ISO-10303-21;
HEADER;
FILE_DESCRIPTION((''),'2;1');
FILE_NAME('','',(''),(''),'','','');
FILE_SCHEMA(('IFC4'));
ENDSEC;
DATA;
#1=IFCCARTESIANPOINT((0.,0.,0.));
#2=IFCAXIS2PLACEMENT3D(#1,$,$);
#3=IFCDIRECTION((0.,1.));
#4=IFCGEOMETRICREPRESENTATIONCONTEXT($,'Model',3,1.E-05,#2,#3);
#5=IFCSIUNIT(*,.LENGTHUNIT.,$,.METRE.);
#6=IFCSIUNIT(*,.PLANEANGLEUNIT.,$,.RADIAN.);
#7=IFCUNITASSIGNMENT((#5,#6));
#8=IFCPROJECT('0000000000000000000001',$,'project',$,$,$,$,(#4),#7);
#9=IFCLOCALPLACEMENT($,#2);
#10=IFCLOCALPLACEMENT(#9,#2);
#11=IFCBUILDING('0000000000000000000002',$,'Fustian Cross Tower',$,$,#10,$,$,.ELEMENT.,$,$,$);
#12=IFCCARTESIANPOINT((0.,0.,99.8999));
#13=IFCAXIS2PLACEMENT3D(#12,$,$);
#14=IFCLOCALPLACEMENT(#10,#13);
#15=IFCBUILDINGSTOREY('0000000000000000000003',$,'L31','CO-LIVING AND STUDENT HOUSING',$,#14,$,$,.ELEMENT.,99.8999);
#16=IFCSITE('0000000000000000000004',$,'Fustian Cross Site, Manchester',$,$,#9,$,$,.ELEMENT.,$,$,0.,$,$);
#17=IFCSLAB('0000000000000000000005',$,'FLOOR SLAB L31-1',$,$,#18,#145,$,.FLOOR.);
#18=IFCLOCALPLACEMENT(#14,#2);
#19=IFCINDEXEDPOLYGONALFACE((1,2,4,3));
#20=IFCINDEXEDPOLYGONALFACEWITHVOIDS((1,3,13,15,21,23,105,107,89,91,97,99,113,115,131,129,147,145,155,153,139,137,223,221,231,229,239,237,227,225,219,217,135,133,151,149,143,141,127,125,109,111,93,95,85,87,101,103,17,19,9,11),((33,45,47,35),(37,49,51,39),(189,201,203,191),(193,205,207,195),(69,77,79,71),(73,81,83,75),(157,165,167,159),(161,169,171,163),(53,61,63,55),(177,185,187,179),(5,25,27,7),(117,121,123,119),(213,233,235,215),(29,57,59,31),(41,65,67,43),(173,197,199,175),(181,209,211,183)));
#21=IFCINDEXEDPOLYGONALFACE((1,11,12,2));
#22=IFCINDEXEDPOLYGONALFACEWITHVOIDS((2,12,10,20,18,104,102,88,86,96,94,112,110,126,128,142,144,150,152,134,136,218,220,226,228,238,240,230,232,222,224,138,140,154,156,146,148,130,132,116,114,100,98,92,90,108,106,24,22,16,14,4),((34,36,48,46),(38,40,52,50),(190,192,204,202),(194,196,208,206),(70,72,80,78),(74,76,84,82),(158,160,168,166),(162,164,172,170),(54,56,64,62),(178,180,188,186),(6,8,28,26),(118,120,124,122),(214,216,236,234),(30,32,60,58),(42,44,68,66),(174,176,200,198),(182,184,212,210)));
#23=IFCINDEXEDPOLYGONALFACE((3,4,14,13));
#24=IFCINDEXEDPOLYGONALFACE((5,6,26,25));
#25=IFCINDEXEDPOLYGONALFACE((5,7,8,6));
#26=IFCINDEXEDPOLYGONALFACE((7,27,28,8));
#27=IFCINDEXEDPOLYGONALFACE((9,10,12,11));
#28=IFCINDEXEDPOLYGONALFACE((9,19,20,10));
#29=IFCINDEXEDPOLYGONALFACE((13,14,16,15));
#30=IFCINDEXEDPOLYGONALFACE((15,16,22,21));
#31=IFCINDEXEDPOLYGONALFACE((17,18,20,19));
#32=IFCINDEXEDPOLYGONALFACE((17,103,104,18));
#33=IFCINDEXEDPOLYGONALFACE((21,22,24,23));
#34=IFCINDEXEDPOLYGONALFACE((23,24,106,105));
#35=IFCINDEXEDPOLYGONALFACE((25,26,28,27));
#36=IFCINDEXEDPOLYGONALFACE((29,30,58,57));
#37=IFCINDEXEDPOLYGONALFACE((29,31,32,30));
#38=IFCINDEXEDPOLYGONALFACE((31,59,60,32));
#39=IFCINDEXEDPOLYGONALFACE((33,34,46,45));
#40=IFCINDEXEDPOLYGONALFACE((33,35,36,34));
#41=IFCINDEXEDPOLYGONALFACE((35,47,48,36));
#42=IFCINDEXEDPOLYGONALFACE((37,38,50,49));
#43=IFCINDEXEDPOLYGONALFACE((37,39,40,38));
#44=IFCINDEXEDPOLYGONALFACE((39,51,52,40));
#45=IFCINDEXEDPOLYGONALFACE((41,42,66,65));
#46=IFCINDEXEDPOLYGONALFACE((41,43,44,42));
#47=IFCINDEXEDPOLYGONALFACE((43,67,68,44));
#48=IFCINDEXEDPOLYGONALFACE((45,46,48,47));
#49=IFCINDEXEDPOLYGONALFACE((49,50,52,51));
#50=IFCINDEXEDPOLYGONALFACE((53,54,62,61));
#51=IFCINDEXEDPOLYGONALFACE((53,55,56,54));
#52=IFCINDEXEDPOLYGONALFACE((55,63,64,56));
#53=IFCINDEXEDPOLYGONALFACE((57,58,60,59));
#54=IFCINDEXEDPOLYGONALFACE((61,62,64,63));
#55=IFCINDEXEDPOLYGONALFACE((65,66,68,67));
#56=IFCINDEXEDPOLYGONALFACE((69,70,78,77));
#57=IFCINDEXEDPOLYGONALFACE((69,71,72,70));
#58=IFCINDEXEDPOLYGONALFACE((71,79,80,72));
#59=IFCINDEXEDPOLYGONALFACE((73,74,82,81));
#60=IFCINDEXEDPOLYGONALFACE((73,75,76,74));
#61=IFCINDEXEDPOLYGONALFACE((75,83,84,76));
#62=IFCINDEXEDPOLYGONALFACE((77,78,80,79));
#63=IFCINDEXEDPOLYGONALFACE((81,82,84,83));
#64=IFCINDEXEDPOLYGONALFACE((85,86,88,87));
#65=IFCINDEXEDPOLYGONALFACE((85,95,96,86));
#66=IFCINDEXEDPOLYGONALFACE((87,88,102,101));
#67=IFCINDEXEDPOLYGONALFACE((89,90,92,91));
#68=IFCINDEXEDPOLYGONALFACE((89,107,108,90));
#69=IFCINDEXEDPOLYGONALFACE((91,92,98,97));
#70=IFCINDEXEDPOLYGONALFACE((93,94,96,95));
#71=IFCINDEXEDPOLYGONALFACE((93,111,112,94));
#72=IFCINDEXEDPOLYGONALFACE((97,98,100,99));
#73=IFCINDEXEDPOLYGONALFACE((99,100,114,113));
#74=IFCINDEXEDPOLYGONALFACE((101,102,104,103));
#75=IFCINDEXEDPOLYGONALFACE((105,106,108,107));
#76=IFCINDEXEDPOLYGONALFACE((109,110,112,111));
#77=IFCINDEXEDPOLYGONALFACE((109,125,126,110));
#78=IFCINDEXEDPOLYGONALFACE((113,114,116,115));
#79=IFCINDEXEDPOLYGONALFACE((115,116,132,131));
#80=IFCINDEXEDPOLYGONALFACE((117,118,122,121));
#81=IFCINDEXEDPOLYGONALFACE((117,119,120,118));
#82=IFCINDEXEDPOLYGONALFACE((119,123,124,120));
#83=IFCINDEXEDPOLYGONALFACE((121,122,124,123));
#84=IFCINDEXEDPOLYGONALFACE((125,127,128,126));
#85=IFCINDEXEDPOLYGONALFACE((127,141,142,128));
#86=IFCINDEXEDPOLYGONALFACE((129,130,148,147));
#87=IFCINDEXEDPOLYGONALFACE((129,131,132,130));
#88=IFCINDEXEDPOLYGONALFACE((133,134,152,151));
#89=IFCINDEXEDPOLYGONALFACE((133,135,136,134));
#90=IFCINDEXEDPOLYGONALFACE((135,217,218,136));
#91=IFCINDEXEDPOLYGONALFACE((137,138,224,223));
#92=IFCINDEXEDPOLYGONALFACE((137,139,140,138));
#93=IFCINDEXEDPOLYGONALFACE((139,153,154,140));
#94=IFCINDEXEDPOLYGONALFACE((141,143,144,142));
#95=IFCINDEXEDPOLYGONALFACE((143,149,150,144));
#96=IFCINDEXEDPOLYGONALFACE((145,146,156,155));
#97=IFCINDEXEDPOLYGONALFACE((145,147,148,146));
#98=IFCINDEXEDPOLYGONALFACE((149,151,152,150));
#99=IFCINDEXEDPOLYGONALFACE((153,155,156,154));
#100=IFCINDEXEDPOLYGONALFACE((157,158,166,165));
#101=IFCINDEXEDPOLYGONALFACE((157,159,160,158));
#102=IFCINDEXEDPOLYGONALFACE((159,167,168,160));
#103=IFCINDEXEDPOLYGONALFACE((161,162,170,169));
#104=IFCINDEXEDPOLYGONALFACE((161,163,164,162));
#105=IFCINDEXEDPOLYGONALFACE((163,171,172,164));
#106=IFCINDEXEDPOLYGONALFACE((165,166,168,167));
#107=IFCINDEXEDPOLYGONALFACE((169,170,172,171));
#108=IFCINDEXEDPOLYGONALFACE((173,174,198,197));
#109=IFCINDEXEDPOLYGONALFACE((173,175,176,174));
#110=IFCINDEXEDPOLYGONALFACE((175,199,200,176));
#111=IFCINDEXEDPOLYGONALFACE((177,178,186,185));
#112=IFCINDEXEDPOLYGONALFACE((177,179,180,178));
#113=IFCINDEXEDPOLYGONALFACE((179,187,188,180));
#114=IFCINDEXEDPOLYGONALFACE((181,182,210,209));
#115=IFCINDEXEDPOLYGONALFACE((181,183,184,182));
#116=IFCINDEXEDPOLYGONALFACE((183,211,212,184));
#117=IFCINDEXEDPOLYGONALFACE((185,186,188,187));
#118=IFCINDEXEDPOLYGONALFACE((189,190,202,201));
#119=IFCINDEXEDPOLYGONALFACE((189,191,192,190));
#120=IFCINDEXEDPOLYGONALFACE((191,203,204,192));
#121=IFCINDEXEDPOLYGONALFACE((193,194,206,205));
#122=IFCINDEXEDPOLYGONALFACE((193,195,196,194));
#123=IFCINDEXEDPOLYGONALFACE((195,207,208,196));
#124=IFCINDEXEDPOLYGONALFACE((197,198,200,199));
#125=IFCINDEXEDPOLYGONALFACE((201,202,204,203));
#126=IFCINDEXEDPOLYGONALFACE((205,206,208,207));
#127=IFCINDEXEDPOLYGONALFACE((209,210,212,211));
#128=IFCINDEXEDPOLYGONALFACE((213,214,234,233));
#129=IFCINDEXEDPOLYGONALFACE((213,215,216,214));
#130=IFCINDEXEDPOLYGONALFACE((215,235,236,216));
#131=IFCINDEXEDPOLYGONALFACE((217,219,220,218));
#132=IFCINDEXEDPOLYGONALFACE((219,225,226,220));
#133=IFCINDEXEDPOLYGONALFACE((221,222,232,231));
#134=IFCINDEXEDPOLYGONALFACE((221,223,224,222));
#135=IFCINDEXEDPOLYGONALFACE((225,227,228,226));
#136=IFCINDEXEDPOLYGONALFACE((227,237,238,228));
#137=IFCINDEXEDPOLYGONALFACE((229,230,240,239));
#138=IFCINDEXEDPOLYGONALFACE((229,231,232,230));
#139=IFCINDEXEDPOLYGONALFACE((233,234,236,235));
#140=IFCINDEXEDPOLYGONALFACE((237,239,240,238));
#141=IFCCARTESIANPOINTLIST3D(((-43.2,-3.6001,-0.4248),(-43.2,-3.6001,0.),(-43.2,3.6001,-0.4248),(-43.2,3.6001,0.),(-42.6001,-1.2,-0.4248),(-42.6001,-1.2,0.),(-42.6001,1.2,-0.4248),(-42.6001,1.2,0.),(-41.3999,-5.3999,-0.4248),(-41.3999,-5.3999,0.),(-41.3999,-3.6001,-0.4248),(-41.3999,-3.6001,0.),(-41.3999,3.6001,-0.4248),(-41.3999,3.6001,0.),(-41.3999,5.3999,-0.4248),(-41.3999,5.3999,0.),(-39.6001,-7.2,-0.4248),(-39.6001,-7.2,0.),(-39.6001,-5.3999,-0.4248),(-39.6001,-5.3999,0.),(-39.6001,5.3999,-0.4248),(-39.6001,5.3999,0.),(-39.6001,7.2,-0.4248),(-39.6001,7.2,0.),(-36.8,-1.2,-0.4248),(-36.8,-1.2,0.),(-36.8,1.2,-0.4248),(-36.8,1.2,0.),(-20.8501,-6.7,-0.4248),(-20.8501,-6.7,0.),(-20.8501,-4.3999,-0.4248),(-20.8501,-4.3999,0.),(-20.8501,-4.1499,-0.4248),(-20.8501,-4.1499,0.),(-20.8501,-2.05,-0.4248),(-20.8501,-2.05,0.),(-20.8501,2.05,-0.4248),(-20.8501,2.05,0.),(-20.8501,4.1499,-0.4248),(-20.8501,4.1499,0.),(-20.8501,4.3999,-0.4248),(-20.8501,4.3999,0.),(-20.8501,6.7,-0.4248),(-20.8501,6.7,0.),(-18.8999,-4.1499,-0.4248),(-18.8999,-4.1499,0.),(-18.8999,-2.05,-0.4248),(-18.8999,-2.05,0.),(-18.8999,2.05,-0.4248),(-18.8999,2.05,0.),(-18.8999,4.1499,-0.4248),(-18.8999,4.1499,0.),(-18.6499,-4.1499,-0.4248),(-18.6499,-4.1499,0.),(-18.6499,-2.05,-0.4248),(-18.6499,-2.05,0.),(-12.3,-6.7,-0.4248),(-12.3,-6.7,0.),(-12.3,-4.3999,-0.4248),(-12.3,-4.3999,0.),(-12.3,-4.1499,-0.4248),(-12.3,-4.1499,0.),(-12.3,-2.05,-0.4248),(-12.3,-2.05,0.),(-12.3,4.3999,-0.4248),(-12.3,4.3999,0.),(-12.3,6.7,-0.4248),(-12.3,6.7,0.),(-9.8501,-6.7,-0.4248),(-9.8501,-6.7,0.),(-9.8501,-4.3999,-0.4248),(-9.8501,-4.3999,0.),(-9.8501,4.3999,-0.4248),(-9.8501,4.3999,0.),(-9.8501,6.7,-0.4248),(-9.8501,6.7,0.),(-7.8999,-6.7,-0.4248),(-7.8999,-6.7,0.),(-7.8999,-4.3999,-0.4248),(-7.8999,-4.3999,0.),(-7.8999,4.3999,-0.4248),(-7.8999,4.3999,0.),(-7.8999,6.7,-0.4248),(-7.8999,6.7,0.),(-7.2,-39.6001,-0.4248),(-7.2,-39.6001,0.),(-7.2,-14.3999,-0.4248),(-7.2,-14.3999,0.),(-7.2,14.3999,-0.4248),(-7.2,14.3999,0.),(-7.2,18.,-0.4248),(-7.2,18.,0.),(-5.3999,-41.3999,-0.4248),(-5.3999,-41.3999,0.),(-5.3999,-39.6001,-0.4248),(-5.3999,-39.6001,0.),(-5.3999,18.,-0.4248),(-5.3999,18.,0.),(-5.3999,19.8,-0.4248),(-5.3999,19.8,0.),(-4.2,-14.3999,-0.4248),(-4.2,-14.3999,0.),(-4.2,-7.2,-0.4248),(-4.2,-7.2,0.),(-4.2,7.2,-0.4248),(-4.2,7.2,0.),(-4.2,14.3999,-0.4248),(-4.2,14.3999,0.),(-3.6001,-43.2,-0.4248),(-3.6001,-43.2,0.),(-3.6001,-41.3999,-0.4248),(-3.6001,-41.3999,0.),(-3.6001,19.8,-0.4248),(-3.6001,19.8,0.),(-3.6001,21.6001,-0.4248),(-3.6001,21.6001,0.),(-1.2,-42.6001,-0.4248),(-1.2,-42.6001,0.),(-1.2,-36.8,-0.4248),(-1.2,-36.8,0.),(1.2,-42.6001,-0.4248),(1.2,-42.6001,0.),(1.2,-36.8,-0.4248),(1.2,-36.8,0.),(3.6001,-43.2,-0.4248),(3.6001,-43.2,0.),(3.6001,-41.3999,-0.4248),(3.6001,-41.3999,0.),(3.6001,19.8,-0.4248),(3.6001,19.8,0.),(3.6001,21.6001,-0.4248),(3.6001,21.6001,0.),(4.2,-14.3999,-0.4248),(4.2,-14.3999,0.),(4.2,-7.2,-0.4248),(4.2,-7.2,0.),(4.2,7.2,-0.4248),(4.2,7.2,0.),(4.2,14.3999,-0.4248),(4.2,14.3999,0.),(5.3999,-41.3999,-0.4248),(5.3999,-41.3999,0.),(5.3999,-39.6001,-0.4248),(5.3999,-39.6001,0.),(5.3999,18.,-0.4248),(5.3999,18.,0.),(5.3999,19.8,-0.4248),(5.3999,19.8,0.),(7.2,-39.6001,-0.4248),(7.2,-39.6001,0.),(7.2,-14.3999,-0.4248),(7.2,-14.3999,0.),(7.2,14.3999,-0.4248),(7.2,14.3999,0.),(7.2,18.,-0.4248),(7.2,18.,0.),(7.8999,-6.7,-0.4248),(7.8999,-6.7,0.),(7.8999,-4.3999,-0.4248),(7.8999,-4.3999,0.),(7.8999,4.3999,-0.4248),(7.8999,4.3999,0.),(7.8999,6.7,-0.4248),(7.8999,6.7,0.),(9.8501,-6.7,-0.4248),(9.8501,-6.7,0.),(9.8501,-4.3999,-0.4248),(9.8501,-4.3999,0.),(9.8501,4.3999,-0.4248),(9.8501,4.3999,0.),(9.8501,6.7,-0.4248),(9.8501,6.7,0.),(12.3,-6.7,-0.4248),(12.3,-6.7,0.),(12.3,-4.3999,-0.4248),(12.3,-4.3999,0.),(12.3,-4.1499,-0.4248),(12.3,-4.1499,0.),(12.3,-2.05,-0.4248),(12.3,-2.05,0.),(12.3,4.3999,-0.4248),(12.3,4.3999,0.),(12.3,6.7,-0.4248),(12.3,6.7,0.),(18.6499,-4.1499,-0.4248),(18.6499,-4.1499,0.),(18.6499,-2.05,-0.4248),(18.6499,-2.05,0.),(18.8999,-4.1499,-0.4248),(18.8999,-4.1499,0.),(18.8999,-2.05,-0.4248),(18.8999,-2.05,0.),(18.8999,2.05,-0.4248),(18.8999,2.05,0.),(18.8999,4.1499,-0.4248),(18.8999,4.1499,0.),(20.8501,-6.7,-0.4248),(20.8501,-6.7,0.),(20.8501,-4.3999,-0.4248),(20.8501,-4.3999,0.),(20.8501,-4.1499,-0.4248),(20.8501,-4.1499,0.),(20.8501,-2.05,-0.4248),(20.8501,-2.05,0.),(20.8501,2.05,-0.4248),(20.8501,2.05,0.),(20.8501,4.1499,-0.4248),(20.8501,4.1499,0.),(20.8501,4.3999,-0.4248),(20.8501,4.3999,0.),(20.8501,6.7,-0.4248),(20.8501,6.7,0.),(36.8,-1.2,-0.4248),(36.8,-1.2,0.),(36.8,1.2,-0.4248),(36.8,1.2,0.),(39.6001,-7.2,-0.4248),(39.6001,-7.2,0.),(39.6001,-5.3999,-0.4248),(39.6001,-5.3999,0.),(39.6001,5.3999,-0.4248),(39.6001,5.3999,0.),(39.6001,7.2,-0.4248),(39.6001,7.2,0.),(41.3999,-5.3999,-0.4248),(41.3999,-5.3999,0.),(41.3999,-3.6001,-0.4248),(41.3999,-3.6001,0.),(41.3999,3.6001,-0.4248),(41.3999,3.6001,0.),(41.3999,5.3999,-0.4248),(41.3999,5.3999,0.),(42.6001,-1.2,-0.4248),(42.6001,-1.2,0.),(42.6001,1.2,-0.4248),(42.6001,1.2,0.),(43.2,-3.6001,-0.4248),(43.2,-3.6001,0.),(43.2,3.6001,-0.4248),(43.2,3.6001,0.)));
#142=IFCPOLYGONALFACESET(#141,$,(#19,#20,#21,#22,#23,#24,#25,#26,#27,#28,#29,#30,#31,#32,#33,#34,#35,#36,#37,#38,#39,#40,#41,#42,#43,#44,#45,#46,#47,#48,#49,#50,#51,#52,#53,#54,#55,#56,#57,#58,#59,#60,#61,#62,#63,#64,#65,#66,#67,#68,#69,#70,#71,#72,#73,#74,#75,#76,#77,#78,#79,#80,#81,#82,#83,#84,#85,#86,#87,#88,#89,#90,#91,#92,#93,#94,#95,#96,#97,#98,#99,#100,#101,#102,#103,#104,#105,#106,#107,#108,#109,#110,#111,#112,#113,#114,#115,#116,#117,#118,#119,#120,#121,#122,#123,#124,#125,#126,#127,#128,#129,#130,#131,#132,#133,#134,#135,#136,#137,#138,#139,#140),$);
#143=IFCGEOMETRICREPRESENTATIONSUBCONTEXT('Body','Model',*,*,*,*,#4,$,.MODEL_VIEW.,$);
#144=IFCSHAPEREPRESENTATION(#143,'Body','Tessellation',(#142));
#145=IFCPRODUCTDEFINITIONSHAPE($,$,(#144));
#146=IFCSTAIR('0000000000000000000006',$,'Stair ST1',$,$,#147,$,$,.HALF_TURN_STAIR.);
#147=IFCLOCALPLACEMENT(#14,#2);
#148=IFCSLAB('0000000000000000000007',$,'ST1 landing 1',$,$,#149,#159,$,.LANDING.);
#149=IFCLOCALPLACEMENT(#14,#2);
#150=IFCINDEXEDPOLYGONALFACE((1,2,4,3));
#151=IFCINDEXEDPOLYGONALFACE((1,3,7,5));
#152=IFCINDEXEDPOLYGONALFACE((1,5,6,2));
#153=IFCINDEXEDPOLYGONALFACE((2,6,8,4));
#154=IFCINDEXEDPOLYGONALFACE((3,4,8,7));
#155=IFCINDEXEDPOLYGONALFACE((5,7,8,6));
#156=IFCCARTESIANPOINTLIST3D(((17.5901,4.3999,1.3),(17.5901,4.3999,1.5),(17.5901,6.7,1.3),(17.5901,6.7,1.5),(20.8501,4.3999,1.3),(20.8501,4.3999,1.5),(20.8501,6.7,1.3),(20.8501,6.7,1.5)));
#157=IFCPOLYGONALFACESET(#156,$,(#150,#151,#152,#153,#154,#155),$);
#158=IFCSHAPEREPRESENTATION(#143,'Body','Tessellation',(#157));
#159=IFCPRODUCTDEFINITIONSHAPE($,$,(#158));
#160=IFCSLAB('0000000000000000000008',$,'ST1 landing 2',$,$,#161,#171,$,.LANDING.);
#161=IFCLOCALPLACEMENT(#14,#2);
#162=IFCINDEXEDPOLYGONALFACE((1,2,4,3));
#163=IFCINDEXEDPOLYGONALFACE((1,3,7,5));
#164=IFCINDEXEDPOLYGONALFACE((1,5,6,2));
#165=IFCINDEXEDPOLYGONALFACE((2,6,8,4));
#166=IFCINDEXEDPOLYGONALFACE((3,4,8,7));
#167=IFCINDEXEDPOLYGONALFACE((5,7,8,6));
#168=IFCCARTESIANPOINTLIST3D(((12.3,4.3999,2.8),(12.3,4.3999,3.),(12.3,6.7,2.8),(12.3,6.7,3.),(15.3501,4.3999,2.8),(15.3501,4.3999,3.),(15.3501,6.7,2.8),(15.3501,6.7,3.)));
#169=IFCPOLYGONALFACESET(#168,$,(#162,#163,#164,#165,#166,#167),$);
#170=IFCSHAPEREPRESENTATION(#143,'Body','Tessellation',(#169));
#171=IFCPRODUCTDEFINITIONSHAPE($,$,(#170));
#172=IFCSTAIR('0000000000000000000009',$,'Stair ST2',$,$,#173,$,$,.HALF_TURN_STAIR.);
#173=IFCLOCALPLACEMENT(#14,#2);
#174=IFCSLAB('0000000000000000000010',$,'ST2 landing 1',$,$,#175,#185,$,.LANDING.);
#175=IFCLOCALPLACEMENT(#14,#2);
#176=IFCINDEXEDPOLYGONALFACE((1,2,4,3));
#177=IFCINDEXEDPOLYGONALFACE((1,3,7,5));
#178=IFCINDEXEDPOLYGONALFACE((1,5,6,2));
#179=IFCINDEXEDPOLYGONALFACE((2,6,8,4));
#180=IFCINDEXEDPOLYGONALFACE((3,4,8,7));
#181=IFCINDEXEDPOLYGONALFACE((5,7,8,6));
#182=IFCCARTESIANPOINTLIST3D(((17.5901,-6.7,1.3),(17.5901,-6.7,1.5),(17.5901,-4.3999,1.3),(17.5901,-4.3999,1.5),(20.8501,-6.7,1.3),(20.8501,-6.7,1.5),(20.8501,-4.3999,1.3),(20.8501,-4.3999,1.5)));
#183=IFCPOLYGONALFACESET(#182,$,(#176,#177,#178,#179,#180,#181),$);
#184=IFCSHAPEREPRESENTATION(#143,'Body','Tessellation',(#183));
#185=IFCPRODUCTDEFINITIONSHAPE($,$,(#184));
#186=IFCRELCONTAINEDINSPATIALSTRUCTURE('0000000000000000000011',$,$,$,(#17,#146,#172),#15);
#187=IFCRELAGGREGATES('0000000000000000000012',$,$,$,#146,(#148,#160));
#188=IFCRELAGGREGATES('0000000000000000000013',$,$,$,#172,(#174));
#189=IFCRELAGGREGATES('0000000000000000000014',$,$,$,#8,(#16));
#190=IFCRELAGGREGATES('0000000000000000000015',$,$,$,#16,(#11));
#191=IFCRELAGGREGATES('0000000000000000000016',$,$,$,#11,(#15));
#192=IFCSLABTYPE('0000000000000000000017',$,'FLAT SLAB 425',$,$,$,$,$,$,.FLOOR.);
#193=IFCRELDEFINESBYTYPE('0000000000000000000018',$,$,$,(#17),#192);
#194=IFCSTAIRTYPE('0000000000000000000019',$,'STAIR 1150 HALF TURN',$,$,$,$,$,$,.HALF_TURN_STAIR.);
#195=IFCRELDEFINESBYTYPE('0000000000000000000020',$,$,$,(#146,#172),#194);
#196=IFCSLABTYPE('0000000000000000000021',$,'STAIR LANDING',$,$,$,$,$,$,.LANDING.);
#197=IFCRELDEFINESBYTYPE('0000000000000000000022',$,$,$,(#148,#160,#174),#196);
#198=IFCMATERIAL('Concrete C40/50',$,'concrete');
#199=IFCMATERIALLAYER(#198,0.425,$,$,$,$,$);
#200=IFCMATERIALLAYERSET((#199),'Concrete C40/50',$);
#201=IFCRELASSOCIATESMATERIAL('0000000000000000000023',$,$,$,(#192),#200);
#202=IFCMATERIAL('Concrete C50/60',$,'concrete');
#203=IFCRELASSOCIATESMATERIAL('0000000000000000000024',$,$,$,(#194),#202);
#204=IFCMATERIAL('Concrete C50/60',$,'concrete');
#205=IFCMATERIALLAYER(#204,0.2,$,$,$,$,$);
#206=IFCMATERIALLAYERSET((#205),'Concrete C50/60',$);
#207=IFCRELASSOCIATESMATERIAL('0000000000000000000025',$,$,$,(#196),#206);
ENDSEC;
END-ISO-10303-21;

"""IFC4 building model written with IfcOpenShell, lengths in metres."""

from ifc_helpers import new_model, si_unit, direction, frame, origin, place, context, subcontext, project, spatial, polyline, outline, extrude, material, layer, layer_set, type_object, element, aggregate, save


model = new_model("IFC4")

# Units and contexts
model_context = context("Model", 3, precision=1e-05, world=origin(), true_north=direction((0.0, 1.0)))
body_context = subcontext(model_context, "Body", "Model", "MODEL_VIEW")
ifc_project = project(units=[si_unit("LENGTHUNIT", "METRE"), si_unit("PLANEANGLEUNIT", "RADIAN")], contexts=[model_context])

# Site, building, storey
site_placement = place(None, origin())
site = spatial("IfcSite", under=ifc_project, at=site_placement, Name="Fustian Cross Site, Manchester", CompositionType="ELEMENT", RefElevation=0.0)
building_placement = place(site_placement, origin())
building = spatial("IfcBuilding", under=site, at=building_placement, Name="Fustian Cross Tower", CompositionType="ELEMENT")
storey_placement = place(building_placement, frame((0.0, 0.0, 99.8999)))
storey = spatial("IfcBuildingStorey", under=building, at=storey_placement, Name="L31", Description="CO-LIVING AND STUDENT HOUSING", CompositionType="ELEMENT", Elevation=99.8999)

# Slab
ifc_material_1 = material(Name="Concrete C40/50", Category="concrete")
ifc_layer_1 = layer(ifc_material_1, 0.425)
ifc_layer_set_1 = layer_set([ifc_layer_1], Name="Concrete C40/50")
slab_type_1 = type_object("IfcSlabType", Name="FLAT SLAB 425", PredefinedType="FLOOR", material=ifc_layer_set_1)
slab_1_placement = place(storey_placement, frame((0.0, 0.0, -0.4248)))
element("IfcSlab", 1, at=slab_1_placement, inside=storey, type_object=slab_type_1, Name="FLOOR SLAB L31-1", PredefinedType="FLOOR", context=body_context, shape_type="SweptSolid", body=[
    extrude(outline(polyline([(-4.2, -7.2), (-39.6001, -7.2), (-39.6001, -5.3999), (-41.3999, -5.3999), (-41.3999, -3.6001), (-43.2, -3.6001), (-43.2, 3.6001), (-41.3999, 3.6001), (-41.3999, 5.3999), (-39.6001, 5.3999), (-39.6001, 7.2), (-4.2, 7.2), (-4.2, 14.3999), (-7.2, 14.3999), (-7.2, 18.0), (-5.3999, 18.0), (-5.3999, 19.8), (-3.6001, 19.8), (-3.6001, 21.6001), (3.6001, 21.6001), (3.6001, 19.8), (5.3999, 19.8), (5.3999, 18.0), (7.2, 18.0), (7.2, 14.3999), (4.2, 14.3999), (4.2, 7.2), (39.6001, 7.2), (39.6001, 5.3999), (41.3999, 5.3999), (41.3999, 3.6001), (43.2, 3.6001), (43.2, -3.6001), (41.3999, -3.6001), (41.3999, -5.3999), (39.6001, -5.3999), (39.6001, -7.2), (4.2, -7.2), (4.2, -14.3999), (7.2, -14.3999), (7.2, -39.6001), (5.3999, -39.6001), (5.3999, -41.3999), (3.6001, -41.3999), (3.6001, -43.2), (-3.6001, -43.2), (-3.6001, -41.3999), (-5.3999, -41.3999), (-5.3999, -39.6001), (-7.2, -39.6001), (-7.2, -14.3999), (-4.2, -14.3999), (-4.2, -7.2)]), holes=[polyline([(20.8501, -2.05), (18.8999, -2.05), (18.8999, -4.1499), (20.8501, -4.1499), (20.8501, -2.05)]), polyline([(20.8501, 2.05), (20.8501, 4.1499), (18.8999, 4.1499), (18.8999, 2.05), (20.8501, 2.05)]), polyline([(7.8999, 4.3999), (9.8501, 4.3999), (9.8501, 6.7), (7.8999, 6.7), (7.8999, 4.3999)]), polyline([(7.8999, -4.3999), (7.8999, -6.7), (9.8501, -6.7), (9.8501, -4.3999), (7.8999, -4.3999)]), polyline([(-18.8999, -2.05), (-20.8501, -2.05), (-20.8501, -4.1499), (-18.8999, -4.1499), (-18.8999, -2.05)]), polyline([(-18.8999, 2.05), (-18.8999, 4.1499), (-20.8501, 4.1499), (-20.8501, 2.05), (-18.8999, 2.05)]), polyline([(-9.8501, 4.3999), (-7.8999, 4.3999), (-7.8999, 6.7), (-9.8501, 6.7), (-9.8501, 4.3999)]), polyline([(-9.8501, -4.3999), (-9.8501, -6.7), (-7.8999, -6.7), (-7.8999, -4.3999), (-9.8501, -4.3999)]), polyline([(18.6499, -2.05), (12.3, -2.05), (12.3, -4.1499), (18.6499, -4.1499), (18.6499, -2.05)]), polyline([(-12.3, -4.1499), (-12.3, -2.05), (-18.6499, -2.05), (-18.6499, -4.1499), (-12.3, -4.1499)]), polyline([(12.3, 4.3999), (20.8501, 4.3999), (20.8501, 6.7), (12.3, 6.7), (12.3, 4.3999)]), polyline([(12.3, -4.3999), (12.3, -6.7), (20.8501, -6.7), (20.8501, -4.3999), (12.3, -4.3999)]), polyline([(-12.3, 6.7), (-20.8501, 6.7), (-20.8501, 4.3999), (-12.3, 4.3999), (-12.3, 6.7)]), polyline([(-12.3, -6.7), (-12.3, -4.3999), (-20.8501, -4.3999), (-20.8501, -6.7), (-12.3, -6.7)]), polyline([(-1.2, -42.6001), (1.2, -42.6001), (1.2, -36.8), (-1.2, -36.8), (-1.2, -42.6001)]), polyline([(36.8, 1.2), (36.8, -1.2), (42.6001, -1.2), (42.6001, 1.2), (36.8, 1.2)]), polyline([(-36.8, 1.2), (-42.6001, 1.2), (-42.6001, -1.2), (-36.8, -1.2), (-36.8, 1.2)])]), origin(), (0.0, 0.0, 1.0), 0.4248),
])

# Stairs, slabs
ifc_material_2 = material(Name="Concrete C50/60", Category="concrete")
stair_type = type_object("IfcStairType", Name="STAIR 1150 HALF TURN", PredefinedType="HALF_TURN_STAIR", material=ifc_material_2)
stair_1_placement = place(storey_placement, origin())
stair_1 = element("IfcStair", 2, at=stair_1_placement, inside=storey, type_object=stair_type, Name="Stair ST1", PredefinedType="HALF_TURN_STAIR")
ifc_material_3 = material(Name="Concrete C50/60", Category="concrete")
ifc_layer_2 = layer(ifc_material_3, 0.2)
ifc_layer_set_2 = layer_set([ifc_layer_2], Name="Concrete C50/60")
slab_type_2 = type_object("IfcSlabType", Name="STAIR LANDING", PredefinedType="LANDING", material=ifc_layer_set_2)
slab_2_placement = place(storey_placement, frame((0.0, 0.0, 1.3)))
slab_2 = element("IfcSlab", 3, at=slab_2_placement, type_object=slab_type_2, Name="ST1 landing 1", PredefinedType="LANDING", context=body_context, shape_type="SweptSolid", body=[
    extrude(outline(polyline([(17.5901, 4.3999), (20.8501, 4.3999), (20.8501, 6.7), (17.5901, 6.7), (17.5901, 4.3999)])), origin(), (0.0, 0.0, 1.0), 0.2),
])
slab_3_placement = place(storey_placement, frame((0.0, 0.0, 2.8)))
slab_3 = element("IfcSlab", 4, at=slab_3_placement, type_object=slab_type_2, Name="ST1 landing 2", PredefinedType="LANDING", context=body_context, shape_type="SweptSolid", body=[
    extrude(outline(polyline([(12.3, 4.3999), (15.3501, 4.3999), (15.3501, 6.7), (12.3, 6.7), (12.3, 4.3999)])), origin(), (0.0, 0.0, 1.0), 0.2),
])
aggregate(stair_1, [slab_2, slab_3])
stair_2_placement = place(storey_placement, origin())
stair_2 = element("IfcStair", 5, at=stair_2_placement, inside=storey, type_object=stair_type, Name="Stair ST2", PredefinedType="HALF_TURN_STAIR")
slab_4_placement = place(storey_placement, frame((0.0, 0.0, 1.3)))
slab_4 = element("IfcSlab", 6, at=slab_4_placement, type_object=slab_type_2, Name="ST2 landing 1", PredefinedType="LANDING", context=body_context, shape_type="SweptSolid", body=[
    extrude(outline(polyline([(17.5901, -4.3999), (20.8501, -4.3999), (20.8501, -6.7), (17.5901, -6.7), (17.5901, -4.3999)])), origin(), (0.0, 0.0, 1.0), 0.2),
])
aggregate(stair_2, [slab_4])

save(model, "model.ifc")
